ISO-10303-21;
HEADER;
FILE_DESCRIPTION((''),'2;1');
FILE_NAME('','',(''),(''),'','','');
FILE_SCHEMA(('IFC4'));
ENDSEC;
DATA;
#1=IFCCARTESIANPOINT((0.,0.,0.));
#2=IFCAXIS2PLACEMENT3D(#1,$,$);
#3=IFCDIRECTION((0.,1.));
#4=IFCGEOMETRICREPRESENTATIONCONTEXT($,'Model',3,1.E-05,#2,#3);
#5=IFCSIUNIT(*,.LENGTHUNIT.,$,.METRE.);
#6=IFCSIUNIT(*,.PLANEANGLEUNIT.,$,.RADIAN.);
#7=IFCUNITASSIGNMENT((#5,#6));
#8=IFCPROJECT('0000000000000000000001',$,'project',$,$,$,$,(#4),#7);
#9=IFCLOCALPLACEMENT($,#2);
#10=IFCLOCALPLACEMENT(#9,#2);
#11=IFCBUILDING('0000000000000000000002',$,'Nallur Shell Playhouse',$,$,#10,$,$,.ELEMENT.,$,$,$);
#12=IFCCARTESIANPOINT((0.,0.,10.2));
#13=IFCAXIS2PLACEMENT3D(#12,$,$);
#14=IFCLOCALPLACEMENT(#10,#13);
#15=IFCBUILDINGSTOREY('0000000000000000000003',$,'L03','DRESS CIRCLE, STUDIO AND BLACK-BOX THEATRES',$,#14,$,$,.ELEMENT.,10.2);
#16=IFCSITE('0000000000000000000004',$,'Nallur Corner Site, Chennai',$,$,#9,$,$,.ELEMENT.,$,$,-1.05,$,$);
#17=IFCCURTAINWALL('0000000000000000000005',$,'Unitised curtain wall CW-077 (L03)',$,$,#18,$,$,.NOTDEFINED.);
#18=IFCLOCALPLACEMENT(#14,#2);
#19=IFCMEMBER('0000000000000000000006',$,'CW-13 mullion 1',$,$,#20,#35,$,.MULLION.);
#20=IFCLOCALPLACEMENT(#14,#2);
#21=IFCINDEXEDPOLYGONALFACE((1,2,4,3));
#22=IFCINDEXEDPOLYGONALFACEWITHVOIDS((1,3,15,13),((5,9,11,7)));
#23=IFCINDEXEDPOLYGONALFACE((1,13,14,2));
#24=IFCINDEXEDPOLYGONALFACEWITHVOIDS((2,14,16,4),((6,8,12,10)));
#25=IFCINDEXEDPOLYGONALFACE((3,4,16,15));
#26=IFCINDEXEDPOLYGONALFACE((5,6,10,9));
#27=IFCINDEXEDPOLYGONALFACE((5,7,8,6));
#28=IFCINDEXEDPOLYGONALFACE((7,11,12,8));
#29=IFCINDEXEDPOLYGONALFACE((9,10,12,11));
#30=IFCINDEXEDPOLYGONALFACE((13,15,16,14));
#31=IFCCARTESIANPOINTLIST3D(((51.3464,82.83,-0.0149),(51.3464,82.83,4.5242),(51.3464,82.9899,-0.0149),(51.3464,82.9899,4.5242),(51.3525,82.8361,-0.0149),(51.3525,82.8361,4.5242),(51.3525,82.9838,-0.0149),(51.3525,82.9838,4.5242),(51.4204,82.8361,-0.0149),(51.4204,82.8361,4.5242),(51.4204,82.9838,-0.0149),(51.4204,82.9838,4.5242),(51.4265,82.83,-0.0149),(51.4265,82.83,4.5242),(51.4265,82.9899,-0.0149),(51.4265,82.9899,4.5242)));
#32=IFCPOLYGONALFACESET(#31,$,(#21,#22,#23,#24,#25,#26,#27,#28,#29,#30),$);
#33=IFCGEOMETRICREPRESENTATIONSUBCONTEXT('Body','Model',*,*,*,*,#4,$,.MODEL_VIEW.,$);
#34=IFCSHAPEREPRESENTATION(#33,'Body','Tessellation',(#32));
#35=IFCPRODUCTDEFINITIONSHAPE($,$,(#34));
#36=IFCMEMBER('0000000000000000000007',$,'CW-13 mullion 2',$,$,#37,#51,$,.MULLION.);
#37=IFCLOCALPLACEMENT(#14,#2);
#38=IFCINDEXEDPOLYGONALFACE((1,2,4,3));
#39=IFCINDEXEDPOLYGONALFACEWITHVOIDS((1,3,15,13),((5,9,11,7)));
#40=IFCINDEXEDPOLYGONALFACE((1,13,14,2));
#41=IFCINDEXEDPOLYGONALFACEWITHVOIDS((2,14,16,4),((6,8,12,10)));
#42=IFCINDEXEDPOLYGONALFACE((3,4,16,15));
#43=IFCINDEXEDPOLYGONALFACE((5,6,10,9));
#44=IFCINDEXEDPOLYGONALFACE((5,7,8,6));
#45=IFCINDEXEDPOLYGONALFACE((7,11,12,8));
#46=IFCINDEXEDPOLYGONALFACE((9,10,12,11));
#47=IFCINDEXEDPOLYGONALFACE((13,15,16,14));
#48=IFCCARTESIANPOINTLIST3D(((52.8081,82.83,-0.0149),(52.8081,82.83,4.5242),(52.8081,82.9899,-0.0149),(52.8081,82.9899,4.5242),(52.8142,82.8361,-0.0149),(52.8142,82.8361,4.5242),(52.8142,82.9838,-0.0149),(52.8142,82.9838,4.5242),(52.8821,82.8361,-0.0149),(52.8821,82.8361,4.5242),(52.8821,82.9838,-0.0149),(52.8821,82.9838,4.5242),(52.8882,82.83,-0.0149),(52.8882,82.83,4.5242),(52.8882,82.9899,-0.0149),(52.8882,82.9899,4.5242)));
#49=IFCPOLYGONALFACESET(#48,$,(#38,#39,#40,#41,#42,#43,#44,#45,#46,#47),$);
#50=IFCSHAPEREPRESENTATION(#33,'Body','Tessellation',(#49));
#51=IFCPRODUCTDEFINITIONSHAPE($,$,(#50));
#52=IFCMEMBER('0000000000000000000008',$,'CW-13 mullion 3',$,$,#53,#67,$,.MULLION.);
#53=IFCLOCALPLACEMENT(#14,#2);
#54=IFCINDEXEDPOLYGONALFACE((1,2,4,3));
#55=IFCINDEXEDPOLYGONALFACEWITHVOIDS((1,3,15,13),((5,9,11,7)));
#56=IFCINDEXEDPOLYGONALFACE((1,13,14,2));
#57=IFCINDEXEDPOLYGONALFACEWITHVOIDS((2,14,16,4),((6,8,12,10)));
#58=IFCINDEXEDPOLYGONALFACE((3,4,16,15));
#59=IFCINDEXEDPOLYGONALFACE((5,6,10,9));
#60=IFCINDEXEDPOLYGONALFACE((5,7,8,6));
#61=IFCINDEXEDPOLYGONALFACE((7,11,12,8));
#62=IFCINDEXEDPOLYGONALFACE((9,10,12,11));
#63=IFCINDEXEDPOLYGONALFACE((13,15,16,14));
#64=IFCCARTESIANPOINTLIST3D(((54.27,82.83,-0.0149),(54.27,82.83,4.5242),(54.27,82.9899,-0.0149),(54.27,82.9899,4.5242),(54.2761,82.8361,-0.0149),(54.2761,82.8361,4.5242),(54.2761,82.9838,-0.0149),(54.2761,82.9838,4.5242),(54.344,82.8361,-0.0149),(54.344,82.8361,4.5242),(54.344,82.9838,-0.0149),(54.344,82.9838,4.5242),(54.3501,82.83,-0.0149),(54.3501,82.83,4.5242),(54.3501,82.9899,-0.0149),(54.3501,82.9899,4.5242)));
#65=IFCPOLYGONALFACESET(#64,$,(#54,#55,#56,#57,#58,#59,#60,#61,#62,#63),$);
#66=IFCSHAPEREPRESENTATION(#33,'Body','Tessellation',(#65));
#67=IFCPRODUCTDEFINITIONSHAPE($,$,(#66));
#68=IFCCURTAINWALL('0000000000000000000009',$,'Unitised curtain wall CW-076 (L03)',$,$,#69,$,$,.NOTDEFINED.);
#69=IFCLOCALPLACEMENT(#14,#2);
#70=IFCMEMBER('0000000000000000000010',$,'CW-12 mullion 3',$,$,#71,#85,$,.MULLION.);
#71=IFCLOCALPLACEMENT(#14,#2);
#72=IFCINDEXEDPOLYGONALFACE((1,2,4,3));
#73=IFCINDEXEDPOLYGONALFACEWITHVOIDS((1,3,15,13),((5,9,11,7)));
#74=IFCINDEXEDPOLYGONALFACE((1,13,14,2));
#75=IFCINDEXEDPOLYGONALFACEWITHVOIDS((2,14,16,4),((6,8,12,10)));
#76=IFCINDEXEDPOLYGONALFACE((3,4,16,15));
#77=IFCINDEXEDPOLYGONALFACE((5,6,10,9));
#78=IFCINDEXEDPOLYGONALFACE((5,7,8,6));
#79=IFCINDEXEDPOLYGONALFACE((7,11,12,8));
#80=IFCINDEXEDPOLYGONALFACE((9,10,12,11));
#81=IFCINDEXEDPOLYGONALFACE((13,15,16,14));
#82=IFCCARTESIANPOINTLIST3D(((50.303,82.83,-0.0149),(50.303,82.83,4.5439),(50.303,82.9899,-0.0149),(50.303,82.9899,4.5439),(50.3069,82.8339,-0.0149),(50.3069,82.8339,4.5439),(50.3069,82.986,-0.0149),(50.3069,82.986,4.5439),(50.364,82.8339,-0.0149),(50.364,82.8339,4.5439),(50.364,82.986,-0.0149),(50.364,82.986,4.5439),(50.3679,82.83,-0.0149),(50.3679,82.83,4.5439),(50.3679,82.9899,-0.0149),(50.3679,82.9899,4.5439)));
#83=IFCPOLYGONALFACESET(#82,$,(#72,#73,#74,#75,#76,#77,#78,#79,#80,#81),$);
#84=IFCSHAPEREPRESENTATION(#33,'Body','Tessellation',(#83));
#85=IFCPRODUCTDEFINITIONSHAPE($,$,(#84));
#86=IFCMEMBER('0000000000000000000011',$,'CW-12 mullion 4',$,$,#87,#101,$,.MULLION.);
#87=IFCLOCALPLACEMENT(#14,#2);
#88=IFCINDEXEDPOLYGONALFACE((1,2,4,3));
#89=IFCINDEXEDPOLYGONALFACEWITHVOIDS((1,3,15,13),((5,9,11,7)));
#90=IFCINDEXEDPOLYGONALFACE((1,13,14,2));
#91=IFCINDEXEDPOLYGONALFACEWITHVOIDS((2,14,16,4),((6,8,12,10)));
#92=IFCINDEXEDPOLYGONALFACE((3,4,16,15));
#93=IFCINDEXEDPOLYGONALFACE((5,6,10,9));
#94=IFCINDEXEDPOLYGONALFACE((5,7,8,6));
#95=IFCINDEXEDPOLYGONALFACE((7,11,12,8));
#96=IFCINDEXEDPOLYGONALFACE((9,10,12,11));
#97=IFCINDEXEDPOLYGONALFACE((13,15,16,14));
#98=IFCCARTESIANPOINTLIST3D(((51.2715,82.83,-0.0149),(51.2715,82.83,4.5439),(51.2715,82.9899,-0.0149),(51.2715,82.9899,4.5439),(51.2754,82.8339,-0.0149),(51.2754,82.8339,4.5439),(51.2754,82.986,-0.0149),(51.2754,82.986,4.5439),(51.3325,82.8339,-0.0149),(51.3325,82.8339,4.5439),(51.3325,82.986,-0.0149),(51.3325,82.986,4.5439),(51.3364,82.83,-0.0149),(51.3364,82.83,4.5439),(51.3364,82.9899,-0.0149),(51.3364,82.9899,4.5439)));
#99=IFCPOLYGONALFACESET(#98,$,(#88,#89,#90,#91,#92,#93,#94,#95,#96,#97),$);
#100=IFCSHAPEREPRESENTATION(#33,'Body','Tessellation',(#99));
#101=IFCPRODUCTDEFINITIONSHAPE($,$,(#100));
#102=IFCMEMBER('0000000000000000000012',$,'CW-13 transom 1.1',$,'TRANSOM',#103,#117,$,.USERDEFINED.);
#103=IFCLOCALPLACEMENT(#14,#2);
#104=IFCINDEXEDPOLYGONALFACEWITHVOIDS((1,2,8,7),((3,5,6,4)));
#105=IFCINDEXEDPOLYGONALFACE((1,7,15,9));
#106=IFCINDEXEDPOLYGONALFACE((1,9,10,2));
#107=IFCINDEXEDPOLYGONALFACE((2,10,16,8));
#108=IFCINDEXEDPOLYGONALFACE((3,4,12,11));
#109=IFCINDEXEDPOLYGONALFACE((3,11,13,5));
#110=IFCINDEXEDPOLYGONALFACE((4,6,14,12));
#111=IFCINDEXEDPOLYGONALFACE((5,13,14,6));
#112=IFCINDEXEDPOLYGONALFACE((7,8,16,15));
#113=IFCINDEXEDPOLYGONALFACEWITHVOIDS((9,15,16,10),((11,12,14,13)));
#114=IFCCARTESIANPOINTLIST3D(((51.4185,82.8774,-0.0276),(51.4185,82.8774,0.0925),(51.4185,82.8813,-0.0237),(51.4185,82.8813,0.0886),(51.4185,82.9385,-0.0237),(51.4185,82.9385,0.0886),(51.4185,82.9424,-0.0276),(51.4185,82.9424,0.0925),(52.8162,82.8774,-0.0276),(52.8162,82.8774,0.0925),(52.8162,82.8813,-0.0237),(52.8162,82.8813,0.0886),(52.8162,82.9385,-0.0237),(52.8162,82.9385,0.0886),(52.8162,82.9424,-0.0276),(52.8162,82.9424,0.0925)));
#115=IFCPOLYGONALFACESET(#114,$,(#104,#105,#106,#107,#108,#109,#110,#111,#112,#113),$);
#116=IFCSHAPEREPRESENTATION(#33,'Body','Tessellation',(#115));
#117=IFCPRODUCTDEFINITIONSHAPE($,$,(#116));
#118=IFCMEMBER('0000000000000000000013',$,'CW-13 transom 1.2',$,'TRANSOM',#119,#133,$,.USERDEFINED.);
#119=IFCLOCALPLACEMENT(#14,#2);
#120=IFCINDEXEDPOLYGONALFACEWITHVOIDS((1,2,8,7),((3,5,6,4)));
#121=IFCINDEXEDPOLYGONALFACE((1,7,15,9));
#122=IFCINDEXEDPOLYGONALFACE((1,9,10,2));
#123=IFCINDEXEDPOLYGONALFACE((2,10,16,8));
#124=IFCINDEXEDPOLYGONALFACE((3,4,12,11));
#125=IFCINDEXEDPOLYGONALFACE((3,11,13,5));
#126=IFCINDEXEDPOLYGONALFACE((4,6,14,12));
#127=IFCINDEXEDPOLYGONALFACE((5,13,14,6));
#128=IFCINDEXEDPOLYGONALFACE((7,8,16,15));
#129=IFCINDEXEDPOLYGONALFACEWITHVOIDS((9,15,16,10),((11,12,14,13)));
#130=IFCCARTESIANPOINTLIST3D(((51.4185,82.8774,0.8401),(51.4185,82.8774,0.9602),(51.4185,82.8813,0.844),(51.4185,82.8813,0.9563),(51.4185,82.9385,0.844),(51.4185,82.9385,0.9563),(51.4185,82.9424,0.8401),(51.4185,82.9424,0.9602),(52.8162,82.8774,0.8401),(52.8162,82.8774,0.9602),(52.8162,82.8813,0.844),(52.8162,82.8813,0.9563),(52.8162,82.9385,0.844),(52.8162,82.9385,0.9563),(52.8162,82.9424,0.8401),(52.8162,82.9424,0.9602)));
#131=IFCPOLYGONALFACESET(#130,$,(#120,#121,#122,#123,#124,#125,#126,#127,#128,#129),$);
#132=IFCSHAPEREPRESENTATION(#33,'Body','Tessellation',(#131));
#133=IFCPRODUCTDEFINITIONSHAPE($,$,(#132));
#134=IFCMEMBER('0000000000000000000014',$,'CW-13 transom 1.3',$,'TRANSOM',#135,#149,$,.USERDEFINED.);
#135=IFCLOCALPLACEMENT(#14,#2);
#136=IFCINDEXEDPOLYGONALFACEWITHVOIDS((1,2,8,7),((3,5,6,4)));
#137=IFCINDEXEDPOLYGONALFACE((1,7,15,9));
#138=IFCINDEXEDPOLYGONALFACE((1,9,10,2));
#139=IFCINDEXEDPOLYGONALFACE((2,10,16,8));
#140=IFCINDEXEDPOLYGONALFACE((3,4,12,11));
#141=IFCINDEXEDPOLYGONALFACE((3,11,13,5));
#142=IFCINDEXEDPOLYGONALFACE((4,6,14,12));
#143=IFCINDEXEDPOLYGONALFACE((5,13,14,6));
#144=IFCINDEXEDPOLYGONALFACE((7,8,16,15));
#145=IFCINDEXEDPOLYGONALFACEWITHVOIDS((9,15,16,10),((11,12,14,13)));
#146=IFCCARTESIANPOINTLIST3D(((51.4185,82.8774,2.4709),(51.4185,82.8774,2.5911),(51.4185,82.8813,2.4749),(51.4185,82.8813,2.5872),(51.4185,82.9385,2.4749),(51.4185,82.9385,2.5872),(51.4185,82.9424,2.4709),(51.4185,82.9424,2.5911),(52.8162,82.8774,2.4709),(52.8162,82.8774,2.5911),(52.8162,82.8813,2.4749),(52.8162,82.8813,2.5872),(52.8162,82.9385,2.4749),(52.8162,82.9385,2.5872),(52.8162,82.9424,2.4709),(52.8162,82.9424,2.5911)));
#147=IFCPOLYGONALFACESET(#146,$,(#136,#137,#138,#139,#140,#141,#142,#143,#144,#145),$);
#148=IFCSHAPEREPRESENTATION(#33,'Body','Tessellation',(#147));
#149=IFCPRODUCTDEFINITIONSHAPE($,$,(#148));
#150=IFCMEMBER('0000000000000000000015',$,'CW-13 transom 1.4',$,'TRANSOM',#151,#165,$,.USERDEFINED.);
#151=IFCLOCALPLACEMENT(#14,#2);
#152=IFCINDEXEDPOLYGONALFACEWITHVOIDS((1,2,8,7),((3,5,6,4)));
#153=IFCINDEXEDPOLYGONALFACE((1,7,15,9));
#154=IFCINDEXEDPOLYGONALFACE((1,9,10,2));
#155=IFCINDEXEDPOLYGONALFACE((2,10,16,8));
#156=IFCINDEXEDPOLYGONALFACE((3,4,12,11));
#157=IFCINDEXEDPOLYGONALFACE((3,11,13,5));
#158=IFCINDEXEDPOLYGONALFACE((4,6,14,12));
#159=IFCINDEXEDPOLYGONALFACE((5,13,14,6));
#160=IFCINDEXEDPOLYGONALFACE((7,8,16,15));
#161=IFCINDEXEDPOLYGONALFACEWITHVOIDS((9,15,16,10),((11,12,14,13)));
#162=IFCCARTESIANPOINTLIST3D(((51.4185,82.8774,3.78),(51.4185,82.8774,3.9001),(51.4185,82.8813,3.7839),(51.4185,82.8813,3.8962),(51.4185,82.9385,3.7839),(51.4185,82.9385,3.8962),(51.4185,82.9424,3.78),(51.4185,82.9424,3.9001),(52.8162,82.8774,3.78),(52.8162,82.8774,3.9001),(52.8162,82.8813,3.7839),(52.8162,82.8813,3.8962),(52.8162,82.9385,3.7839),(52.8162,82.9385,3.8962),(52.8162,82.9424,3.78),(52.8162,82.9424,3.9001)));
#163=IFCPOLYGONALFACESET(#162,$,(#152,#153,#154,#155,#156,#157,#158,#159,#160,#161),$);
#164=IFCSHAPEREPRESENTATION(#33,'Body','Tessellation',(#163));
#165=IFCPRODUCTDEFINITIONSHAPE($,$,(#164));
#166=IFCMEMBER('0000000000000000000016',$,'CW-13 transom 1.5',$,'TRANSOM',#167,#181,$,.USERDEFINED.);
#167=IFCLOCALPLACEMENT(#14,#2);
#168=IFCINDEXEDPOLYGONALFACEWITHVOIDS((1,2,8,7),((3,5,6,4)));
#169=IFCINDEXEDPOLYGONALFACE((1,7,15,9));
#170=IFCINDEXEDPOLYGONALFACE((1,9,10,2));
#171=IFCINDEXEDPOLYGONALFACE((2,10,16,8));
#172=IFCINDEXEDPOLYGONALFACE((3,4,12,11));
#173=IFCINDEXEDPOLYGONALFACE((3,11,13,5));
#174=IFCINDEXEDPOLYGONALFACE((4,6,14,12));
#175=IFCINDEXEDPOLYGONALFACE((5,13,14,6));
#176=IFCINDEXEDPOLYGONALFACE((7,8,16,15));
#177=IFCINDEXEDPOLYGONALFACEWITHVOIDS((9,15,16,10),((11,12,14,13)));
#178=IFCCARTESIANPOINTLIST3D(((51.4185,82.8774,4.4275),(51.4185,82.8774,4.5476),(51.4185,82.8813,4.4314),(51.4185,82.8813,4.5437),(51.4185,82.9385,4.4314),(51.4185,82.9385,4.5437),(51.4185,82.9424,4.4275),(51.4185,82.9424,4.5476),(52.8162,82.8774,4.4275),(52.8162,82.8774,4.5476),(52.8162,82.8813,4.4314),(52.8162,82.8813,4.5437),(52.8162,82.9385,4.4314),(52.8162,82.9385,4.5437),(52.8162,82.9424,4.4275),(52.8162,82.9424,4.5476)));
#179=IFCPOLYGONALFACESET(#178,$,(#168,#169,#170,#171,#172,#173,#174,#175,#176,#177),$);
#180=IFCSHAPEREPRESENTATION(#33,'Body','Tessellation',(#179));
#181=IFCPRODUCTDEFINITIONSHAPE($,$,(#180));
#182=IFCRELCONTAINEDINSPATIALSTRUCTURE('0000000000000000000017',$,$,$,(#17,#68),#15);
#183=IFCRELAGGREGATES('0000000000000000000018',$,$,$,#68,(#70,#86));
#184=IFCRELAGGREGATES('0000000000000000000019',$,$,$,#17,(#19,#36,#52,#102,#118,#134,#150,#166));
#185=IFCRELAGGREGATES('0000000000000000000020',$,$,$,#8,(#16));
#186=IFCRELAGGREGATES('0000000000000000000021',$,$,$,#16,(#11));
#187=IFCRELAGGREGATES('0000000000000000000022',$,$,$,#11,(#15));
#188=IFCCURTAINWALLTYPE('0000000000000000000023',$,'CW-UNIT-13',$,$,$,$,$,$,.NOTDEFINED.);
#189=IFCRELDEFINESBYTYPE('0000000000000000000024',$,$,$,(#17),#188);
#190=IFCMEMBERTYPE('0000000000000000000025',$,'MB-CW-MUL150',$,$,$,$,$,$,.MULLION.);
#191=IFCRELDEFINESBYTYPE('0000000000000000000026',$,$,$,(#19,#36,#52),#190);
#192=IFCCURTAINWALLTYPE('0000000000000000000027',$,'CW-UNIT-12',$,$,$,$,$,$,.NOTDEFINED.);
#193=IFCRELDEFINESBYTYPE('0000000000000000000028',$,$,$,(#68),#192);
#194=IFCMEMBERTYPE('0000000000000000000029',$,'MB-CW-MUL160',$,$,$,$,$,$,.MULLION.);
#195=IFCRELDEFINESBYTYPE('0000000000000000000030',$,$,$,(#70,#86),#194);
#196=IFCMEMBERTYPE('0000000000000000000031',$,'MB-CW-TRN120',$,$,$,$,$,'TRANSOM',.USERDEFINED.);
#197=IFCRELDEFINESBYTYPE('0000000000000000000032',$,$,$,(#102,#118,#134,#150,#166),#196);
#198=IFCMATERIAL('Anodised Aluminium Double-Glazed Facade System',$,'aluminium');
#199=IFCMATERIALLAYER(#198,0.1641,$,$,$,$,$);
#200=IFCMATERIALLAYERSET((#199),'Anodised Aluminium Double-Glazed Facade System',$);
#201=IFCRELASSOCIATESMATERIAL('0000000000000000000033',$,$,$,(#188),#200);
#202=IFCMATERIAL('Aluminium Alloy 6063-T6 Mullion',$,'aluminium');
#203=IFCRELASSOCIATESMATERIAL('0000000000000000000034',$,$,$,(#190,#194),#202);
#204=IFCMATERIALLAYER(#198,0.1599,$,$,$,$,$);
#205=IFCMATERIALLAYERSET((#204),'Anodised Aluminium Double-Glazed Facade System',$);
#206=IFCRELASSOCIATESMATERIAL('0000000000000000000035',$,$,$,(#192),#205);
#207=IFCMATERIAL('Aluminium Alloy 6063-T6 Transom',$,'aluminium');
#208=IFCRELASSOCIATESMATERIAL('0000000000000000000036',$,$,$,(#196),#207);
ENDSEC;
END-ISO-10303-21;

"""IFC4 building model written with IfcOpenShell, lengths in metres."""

from ifc_helpers import new_model, si_unit, direction, frame, origin, origin_2d, place, context, subcontext, project, spatial, hollow_rectangle, extrude, material, layer, layer_set, material_profile, profile_set, type_object, element, aggregate, save


model = new_model("IFC4")

# Units and contexts
model_context = context("Model", 3, precision=1e-05, world=origin(), true_north=direction((0.0, 1.0)))
body_context = subcontext(model_context, "Body", "Model", "MODEL_VIEW")
ifc_project = project(units=[si_unit("LENGTHUNIT", "METRE"), si_unit("PLANEANGLEUNIT", "RADIAN")], contexts=[model_context])

# Site, building, storey
site_placement = place(None, origin())
site = spatial("IfcSite", under=ifc_project, at=site_placement, Name="Nallur Corner Site, Chennai", CompositionType="ELEMENT", RefElevation=-1.05)
building_placement = place(site_placement, origin())
building = spatial("IfcBuilding", under=site, at=building_placement, Name="Nallur Shell Playhouse", CompositionType="ELEMENT")
storey_placement = place(building_placement, frame((0.0, 0.0, 10.2)))
storey = spatial("IfcBuildingStorey", under=building, at=storey_placement, Name="L03", Description="DRESS CIRCLE, STUDIO AND BLACK-BOX THEATRES", CompositionType="ELEMENT", Elevation=10.2)

# Curtain walls, members
ifc_material_1 = material(Name="Anodised Aluminium Double-Glazed Facade System", Category="aluminium")
ifc_layer_1 = layer(ifc_material_1, 0.1641)
ifc_layer_set_1 = layer_set([ifc_layer_1], Name="Anodised Aluminium Double-Glazed Facade System")
curtain_wall_type_1 = type_object("IfcCurtainWallType", Name="CW-UNIT-13", PredefinedType="NOTDEFINED", material=ifc_layer_set_1)
curtain_wall_1_placement = place(storey_placement, origin())
curtain_wall_1 = element("IfcCurtainWall", 1, at=curtain_wall_1_placement, inside=storey, type_object=curtain_wall_type_1, Name="Unitised curtain wall CW-077 (L03)", PredefinedType="NOTDEFINED")
ifc_material_2 = material(Name="Aluminium Alloy 6063-T6 Mullion", Category="aluminium")
ifc_material_profile_1 = material_profile(ifc_material_2, hollow_rectangle(XDim=0.0801, YDim=0.1599, WallThickness=0.0061, at=origin_2d()), Name="RHS 160x80x6")
ifc_profile_set_1 = profile_set([ifc_material_profile_1], Name="Aluminium Alloy 6063-T6 Mullion")
member_type_1 = type_object("IfcMemberType", Name="MB-CW-MUL150", PredefinedType="MULLION", material=ifc_profile_set_1)
member_1_placement = place(storey_placement, frame((51.3865, 82.9099, -0.0149), z_axis=(0.0, 0.0, 1.0), x_axis=(1.0, 0.0, 0.0)))
member_1 = element("IfcMember", 2, at=member_1_placement, type_object=member_type_1, Name="CW-13 mullion 1", PredefinedType="MULLION", context=body_context, shape_type="SweptSolid", body=[
    extrude(hollow_rectangle(XDim=0.0801, YDim=0.1599, WallThickness=0.0061, at=origin_2d()), origin(), (0.0, 0.0, 1.0), 4.5391),
])
member_2_placement = place(storey_placement, frame((52.8481, 82.9099, -0.0149), z_axis=(0.0, 0.0, 1.0), x_axis=(1.0, 0.0, 0.0)))
member_2 = element("IfcMember", 3, at=member_2_placement, type_object=member_type_1, Name="CW-13 mullion 2", PredefinedType="MULLION", context=body_context, shape_type="SweptSolid", body=[
    extrude(hollow_rectangle(XDim=0.0801, YDim=0.1599, WallThickness=0.0061, at=origin_2d()), origin(), (0.0, 0.0, 1.0), 4.5391),
])
member_3_placement = place(storey_placement, frame((54.3101, 82.9099, -0.0149), z_axis=(0.0, 0.0, 1.0), x_axis=(1.0, 0.0, 0.0)))
member_3 = element("IfcMember", 4, at=member_3_placement, type_object=member_type_1, Name="CW-13 mullion 3", PredefinedType="MULLION", context=body_context, shape_type="SweptSolid", body=[
    extrude(hollow_rectangle(XDim=0.0801, YDim=0.1599, WallThickness=0.0061, at=origin_2d()), origin(), (0.0, 0.0, 1.0), 4.5391),
])
ifc_layer_2 = layer(ifc_material_1, 0.1599)
ifc_layer_set_2 = layer_set([ifc_layer_2], Name="Anodised Aluminium Double-Glazed Facade System")
curtain_wall_type_2 = type_object("IfcCurtainWallType", Name="CW-UNIT-12", PredefinedType="NOTDEFINED", material=ifc_layer_set_2)
curtain_wall_2_placement = place(storey_placement, origin())
curtain_wall_2 = element("IfcCurtainWall", 5, at=curtain_wall_2_placement, inside=storey, type_object=curtain_wall_type_2, Name="Unitised curtain wall CW-076 (L03)", PredefinedType="NOTDEFINED")
ifc_material_profile_2 = material_profile(ifc_material_2, hollow_rectangle(XDim=0.0649, YDim=0.1599, WallThickness=0.0039, at=origin_2d()), Name="ALU 65x160x4")
ifc_profile_set_2 = profile_set([ifc_material_profile_2], Name="Aluminium Alloy 6063-T6 Mullion")
member_type_2 = type_object("IfcMemberType", Name="MB-CW-MUL160", PredefinedType="MULLION", material=ifc_profile_set_2)
member_4_placement = place(storey_placement, frame((50.3354, 82.9099, -0.0149), z_axis=(0.0, 0.0, 1.0), x_axis=(1.0, 0.0, 0.0)))
member_4 = element("IfcMember", 6, at=member_4_placement, type_object=member_type_2, Name="CW-12 mullion 3", PredefinedType="MULLION", context=body_context, shape_type="SweptSolid", body=[
    extrude(hollow_rectangle(XDim=0.0649, YDim=0.1599, WallThickness=0.0039, at=origin_2d()), origin(), (0.0, 0.0, 1.0), 4.5588),
])
member_5_placement = place(storey_placement, frame((51.304, 82.9099, -0.0149), z_axis=(0.0, 0.0, 1.0), x_axis=(1.0, 0.0, 0.0)))
member_5 = element("IfcMember", 7, at=member_5_placement, type_object=member_type_2, Name="CW-12 mullion 4", PredefinedType="MULLION", context=body_context, shape_type="SweptSolid", body=[
    extrude(hollow_rectangle(XDim=0.0649, YDim=0.1599, WallThickness=0.0039, at=origin_2d()), origin(), (0.0, 0.0, 1.0), 4.5588),
])

# Members
ifc_material_3 = material(Name="Aluminium Alloy 6063-T6 Transom", Category="aluminium")
ifc_material_profile_3 = material_profile(ifc_material_3, hollow_rectangle(XDim=0.0649, YDim=0.1201, WallThickness=0.0039, at=origin_2d()), Name="ALU 65x120x4")
ifc_profile_set_3 = profile_set([ifc_material_profile_3], Name="Aluminium Alloy 6063-T6 Transom")
member_type_3 = type_object("IfcMemberType", Name="MB-CW-TRN120", ElementType="TRANSOM", PredefinedType="USERDEFINED", material=ifc_profile_set_3)
member_6_placement = place(storey_placement, frame((51.4185, 82.9099, 0.0325), z_axis=(1.0, 0.0, 0.0), x_axis=(0.0, 1.0, 0.0)))
member_6 = element("IfcMember", 8, at=member_6_placement, type_object=member_type_3, Name="CW-13 transom 1.1", ObjectType="TRANSOM", PredefinedType="USERDEFINED", context=body_context, shape_type="SweptSolid", body=[
    extrude(hollow_rectangle(XDim=0.0649, YDim=0.1201, WallThickness=0.0039, at=origin_2d()), origin(), (0.0, 0.0, 1.0), 1.3977),
])
member_7_placement = place(storey_placement, frame((51.4185, 82.9099, 0.9001), z_axis=(1.0, 0.0, 0.0), x_axis=(0.0, 1.0, 0.0)))
member_7 = element("IfcMember", 9, at=member_7_placement, type_object=member_type_3, Name="CW-13 transom 1.2", ObjectType="TRANSOM", PredefinedType="USERDEFINED", context=body_context, shape_type="SweptSolid", body=[
    extrude(hollow_rectangle(XDim=0.0649, YDim=0.1201, WallThickness=0.0039, at=origin_2d()), origin(), (0.0, 0.0, 1.0), 1.3977),
])
member_8_placement = place(storey_placement, frame((51.4185, 82.9099, 2.531), z_axis=(1.0, 0.0, 0.0), x_axis=(0.0, 1.0, 0.0)))
member_8 = element("IfcMember", 10, at=member_8_placement, type_object=member_type_3, Name="CW-13 transom 1.3", ObjectType="TRANSOM", PredefinedType="USERDEFINED", context=body_context, shape_type="SweptSolid", body=[
    extrude(hollow_rectangle(XDim=0.0649, YDim=0.1201, WallThickness=0.0039, at=origin_2d()), origin(), (0.0, 0.0, 1.0), 1.3977),
])
member_9_placement = place(storey_placement, frame((51.4185, 82.9099, 3.8401), z_axis=(1.0, 0.0, 0.0), x_axis=(0.0, 1.0, 0.0)))
member_9 = element("IfcMember", 11, at=member_9_placement, type_object=member_type_3, Name="CW-13 transom 1.4", ObjectType="TRANSOM", PredefinedType="USERDEFINED", context=body_context, shape_type="SweptSolid", body=[
    extrude(hollow_rectangle(XDim=0.0649, YDim=0.1201, WallThickness=0.0039, at=origin_2d()), origin(), (0.0, 0.0, 1.0), 1.3977),
])
member_10_placement = place(storey_placement, frame((51.4185, 82.9099, 4.4875), z_axis=(1.0, 0.0, 0.0), x_axis=(0.0, 1.0, 0.0)))
member_10 = element("IfcMember", 12, at=member_10_placement, type_object=member_type_3, Name="CW-13 transom 1.5", ObjectType="TRANSOM", PredefinedType="USERDEFINED", context=body_context, shape_type="SweptSolid", body=[
    extrude(hollow_rectangle(XDim=0.0649, YDim=0.1201, WallThickness=0.0039, at=origin_2d()), origin(), (0.0, 0.0, 1.0), 1.3977),
])

aggregate(curtain_wall_2, [member_4, member_5])
aggregate(curtain_wall_1, [member_1, member_2, member_3, member_6, member_7, member_8, member_9, member_10])

save(model, "model.ifc")
